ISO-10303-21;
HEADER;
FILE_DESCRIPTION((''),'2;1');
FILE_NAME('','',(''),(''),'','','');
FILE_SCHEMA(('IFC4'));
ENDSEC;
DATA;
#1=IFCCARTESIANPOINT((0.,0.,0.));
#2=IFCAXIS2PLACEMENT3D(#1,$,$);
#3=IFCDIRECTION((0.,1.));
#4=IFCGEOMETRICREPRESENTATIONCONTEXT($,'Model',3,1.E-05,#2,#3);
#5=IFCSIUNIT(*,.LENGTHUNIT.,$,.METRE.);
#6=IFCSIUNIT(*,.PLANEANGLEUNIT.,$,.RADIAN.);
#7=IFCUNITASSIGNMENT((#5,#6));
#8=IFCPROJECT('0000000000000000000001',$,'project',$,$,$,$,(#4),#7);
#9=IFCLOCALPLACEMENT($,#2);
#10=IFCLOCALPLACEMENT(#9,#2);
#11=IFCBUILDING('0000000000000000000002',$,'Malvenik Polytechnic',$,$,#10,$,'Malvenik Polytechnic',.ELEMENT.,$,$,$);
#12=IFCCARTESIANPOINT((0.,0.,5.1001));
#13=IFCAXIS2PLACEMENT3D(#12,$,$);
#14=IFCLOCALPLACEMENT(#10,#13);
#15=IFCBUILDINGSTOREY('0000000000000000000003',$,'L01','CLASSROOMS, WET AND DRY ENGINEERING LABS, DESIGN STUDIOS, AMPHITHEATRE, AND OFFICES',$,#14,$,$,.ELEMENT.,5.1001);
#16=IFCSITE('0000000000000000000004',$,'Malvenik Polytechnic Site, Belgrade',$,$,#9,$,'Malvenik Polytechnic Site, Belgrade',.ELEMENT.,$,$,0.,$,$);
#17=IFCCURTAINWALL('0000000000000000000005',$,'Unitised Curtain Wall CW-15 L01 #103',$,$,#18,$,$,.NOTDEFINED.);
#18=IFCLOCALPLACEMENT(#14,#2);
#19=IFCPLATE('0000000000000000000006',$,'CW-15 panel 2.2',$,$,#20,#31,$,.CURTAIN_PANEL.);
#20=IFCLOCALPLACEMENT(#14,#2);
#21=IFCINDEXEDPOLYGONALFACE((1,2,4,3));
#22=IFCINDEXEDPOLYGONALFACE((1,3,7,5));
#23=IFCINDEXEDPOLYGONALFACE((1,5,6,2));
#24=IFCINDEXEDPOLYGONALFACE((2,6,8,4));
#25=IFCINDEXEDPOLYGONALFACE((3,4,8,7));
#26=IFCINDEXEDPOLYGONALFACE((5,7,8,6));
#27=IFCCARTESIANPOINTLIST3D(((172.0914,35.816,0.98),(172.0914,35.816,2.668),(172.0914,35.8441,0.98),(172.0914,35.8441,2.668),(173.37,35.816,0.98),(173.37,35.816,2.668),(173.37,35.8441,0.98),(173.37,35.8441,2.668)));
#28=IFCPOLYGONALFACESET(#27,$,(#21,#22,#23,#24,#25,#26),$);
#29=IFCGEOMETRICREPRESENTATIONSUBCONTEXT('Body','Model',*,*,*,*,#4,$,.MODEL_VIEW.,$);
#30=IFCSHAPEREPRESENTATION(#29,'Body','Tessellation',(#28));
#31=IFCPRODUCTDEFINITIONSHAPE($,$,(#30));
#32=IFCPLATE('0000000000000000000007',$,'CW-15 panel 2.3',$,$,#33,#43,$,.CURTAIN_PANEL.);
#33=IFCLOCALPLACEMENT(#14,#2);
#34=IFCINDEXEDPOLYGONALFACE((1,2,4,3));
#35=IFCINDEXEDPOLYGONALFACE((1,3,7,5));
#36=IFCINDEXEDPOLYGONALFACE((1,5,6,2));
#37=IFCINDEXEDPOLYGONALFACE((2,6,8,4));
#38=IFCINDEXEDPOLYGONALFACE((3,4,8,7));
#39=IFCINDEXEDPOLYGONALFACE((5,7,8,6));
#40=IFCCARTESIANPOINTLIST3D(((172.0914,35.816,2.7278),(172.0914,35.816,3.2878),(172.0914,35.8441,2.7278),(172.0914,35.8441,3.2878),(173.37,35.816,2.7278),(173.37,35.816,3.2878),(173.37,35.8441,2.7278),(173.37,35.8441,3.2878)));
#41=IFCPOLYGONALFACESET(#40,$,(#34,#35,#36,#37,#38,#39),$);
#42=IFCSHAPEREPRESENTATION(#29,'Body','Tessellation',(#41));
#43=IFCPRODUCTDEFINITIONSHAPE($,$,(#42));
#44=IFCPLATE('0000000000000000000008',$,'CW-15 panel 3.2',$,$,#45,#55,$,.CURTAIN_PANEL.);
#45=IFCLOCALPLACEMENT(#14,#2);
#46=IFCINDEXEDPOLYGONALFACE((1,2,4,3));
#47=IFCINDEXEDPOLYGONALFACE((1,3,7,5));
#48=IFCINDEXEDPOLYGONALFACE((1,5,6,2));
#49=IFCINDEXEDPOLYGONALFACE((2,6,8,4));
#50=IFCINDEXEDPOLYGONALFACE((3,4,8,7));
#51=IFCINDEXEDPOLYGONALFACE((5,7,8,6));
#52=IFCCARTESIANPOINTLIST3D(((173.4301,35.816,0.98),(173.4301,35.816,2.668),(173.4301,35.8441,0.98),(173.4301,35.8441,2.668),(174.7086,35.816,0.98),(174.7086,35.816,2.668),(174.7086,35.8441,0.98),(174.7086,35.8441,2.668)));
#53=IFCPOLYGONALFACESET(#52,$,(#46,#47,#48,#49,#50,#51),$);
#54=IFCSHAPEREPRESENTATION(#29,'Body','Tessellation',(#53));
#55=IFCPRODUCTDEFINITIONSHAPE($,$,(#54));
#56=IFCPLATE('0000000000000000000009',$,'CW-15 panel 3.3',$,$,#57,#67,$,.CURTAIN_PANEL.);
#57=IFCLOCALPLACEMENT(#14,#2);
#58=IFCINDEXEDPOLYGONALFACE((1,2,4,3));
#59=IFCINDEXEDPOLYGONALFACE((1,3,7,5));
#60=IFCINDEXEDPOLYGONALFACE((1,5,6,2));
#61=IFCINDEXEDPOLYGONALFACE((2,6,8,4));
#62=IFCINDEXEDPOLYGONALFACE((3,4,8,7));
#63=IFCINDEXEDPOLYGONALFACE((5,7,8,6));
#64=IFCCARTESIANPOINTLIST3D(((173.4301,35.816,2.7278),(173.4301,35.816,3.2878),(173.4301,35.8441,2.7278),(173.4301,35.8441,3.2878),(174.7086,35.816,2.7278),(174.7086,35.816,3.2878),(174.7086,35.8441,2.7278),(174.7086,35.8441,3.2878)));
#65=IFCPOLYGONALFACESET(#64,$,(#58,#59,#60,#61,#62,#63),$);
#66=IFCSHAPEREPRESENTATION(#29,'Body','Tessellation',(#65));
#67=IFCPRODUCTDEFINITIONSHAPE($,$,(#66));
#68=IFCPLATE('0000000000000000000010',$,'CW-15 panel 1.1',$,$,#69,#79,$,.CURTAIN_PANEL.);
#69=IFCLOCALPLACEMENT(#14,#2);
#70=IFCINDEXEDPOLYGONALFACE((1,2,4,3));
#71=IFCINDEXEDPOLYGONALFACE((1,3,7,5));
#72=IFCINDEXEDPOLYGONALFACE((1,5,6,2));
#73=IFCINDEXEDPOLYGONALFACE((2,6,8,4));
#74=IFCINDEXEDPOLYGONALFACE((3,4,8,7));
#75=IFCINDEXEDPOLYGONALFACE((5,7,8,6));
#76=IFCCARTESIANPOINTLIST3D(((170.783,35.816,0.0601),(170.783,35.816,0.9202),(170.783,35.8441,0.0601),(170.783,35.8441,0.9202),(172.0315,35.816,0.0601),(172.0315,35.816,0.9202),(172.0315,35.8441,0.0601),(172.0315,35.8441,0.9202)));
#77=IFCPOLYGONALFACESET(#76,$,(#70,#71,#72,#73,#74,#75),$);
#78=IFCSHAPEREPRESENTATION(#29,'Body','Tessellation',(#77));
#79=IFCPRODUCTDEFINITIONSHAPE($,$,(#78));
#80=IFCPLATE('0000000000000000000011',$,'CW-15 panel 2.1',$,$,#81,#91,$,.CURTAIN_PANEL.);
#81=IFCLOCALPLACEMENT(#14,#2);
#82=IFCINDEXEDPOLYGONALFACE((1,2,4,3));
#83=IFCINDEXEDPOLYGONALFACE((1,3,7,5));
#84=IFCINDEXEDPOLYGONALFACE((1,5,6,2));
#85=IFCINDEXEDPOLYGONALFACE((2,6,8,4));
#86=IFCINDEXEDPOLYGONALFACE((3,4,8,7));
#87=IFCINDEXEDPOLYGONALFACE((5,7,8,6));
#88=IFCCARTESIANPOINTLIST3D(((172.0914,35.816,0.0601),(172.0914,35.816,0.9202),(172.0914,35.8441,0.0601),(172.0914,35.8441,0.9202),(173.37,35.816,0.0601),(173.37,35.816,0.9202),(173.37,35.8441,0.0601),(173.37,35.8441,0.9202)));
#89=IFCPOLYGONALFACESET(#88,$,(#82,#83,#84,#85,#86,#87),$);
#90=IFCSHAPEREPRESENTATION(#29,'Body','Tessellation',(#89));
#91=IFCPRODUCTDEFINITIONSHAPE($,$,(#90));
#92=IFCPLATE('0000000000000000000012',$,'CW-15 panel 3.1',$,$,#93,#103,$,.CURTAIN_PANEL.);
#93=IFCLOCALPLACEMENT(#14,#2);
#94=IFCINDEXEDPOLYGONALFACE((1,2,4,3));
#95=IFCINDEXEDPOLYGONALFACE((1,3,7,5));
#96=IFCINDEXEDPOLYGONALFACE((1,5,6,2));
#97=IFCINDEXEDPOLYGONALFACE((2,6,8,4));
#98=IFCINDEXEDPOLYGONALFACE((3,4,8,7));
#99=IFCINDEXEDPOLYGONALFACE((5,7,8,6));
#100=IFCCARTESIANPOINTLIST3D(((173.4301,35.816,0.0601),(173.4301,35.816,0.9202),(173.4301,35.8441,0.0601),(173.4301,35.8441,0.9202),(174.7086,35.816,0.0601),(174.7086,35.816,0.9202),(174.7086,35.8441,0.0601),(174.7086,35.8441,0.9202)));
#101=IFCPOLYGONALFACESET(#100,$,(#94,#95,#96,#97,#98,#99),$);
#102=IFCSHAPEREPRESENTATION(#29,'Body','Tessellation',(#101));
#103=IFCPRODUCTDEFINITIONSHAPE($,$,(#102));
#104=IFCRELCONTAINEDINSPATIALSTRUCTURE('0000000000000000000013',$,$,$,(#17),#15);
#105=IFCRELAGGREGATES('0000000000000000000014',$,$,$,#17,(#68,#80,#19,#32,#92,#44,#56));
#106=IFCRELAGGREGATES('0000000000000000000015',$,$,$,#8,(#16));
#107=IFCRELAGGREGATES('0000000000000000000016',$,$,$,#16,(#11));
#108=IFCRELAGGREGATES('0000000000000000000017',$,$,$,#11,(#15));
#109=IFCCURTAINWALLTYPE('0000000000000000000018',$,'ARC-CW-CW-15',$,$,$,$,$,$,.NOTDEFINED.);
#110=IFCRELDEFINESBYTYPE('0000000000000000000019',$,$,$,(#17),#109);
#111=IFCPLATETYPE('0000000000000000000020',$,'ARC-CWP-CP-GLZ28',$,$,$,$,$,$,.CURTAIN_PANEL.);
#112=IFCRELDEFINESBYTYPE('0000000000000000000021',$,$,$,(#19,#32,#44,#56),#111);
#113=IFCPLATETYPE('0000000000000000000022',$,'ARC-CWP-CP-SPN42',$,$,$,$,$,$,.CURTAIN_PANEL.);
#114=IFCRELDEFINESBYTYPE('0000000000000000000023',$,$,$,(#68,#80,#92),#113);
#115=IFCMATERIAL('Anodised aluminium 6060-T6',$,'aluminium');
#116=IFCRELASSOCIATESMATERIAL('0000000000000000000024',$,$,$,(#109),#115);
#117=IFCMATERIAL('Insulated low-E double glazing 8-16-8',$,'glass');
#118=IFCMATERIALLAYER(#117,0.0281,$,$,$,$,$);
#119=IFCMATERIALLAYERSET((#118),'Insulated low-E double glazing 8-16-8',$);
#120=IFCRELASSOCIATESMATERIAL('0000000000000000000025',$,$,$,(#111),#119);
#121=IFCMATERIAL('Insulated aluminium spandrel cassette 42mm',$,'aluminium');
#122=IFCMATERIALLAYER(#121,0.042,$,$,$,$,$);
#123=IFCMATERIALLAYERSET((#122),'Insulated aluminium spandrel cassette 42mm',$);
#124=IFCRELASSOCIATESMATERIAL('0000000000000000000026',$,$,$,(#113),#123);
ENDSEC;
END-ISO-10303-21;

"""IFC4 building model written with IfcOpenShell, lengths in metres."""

from ifc_helpers import new_model, si_unit, direction, frame, origin, origin_2d, place, context, subcontext, project, spatial, rectangle, extrude, material, layer, layer_set, type_object, element, aggregate, save


model = new_model("IFC4")

# Units and contexts
model_context = context("Model", 3, precision=1e-05, world=origin(), true_north=direction((0.0, 1.0)))
body_context = subcontext(model_context, "Body", "Model", "MODEL_VIEW")
ifc_project = project(units=[si_unit("LENGTHUNIT", "METRE"), si_unit("PLANEANGLEUNIT", "RADIAN")], contexts=[model_context])

# Site, building, storey
site_placement = place(None, origin())
site = spatial("IfcSite", under=ifc_project, at=site_placement, Name="Malvenik Polytechnic Site, Belgrade", LongName="Malvenik Polytechnic Site, Belgrade", CompositionType="ELEMENT", RefElevation=0.0)
building_placement = place(site_placement, origin())
building = spatial("IfcBuilding", under=site, at=building_placement, Name="Malvenik Polytechnic", LongName="Malvenik Polytechnic", CompositionType="ELEMENT")
storey_placement = place(building_placement, frame((0.0, 0.0, 5.1001)))
storey = spatial("IfcBuildingStorey", under=building, at=storey_placement, Name="L01", Description="CLASSROOMS, WET AND DRY ENGINEERING LABS, DESIGN STUDIOS, AMPHITHEATRE, AND OFFICES", CompositionType="ELEMENT", Elevation=5.1001)

# Curtain wall, plates
ifc_material_1 = material(Name="Anodised aluminium 6060-T6", Category="aluminium")
curtain_wall_type = type_object("IfcCurtainWallType", Name="ARC-CW-CW-15", PredefinedType="NOTDEFINED", material=ifc_material_1)
curtain_wall_placement = place(storey_placement, origin())
curtain_wall = element("IfcCurtainWall", 1, at=curtain_wall_placement, inside=storey, type_object=curtain_wall_type, Name="Unitised Curtain Wall CW-15 L01 #103", PredefinedType="NOTDEFINED")
ifc_material_2 = material(Name="Insulated low-E double glazing 8-16-8", Category="glass")
ifc_layer_1 = layer(ifc_material_2, 0.0281)
ifc_layer_set_1 = layer_set([ifc_layer_1], Name="Insulated low-E double glazing 8-16-8")
plate_type_1 = type_object("IfcPlateType", Name="ARC-CWP-CP-GLZ28", PredefinedType="CURTAIN_PANEL", material=ifc_layer_set_1)
plate_1_placement = place(storey_placement, frame((172.7307, 35.8301, 0.98), z_axis=(0.0, 0.0, 1.0), x_axis=(1.0, 0.0, 0.0)))
plate_1 = element("IfcPlate", 2, at=plate_1_placement, type_object=plate_type_1, Name="CW-15 panel 2.2", PredefinedType="CURTAIN_PANEL", context=body_context, shape_type="SweptSolid", body=[
    extrude(rectangle(XDim=1.2786, YDim=0.0281, at=origin_2d()), origin(), (0.0, 0.0, 1.0), 1.688),
])
plate_2_placement = place(storey_placement, frame((172.7307, 35.8301, 2.7278), z_axis=(0.0, 0.0, 1.0), x_axis=(1.0, 0.0, 0.0)))
plate_2 = element("IfcPlate", 3, at=plate_2_placement, type_object=plate_type_1, Name="CW-15 panel 2.3", PredefinedType="CURTAIN_PANEL", context=body_context, shape_type="SweptSolid", body=[
    extrude(rectangle(XDim=1.2786, YDim=0.0281, at=origin_2d()), origin(), (0.0, 0.0, 1.0), 0.5601),
])
plate_3_placement = place(storey_placement, frame((174.0693, 35.8301, 0.98), z_axis=(0.0, 0.0, 1.0), x_axis=(1.0, 0.0, 0.0)))
plate_3 = element("IfcPlate", 4, at=plate_3_placement, type_object=plate_type_1, Name="CW-15 panel 3.2", PredefinedType="CURTAIN_PANEL", context=body_context, shape_type="SweptSolid", body=[
    extrude(rectangle(XDim=1.2786, YDim=0.0281, at=origin_2d()), origin(), (0.0, 0.0, 1.0), 1.688),
])
plate_4_placement = place(storey_placement, frame((174.0693, 35.8301, 2.7278), z_axis=(0.0, 0.0, 1.0), x_axis=(1.0, 0.0, 0.0)))
plate_4 = element("IfcPlate", 5, at=plate_4_placement, type_object=plate_type_1, Name="CW-15 panel 3.3", PredefinedType="CURTAIN_PANEL", context=body_context, shape_type="SweptSolid", body=[
    extrude(rectangle(XDim=1.2786, YDim=0.0281, at=origin_2d()), origin(), (0.0, 0.0, 1.0), 0.5601),
])
ifc_material_3 = material(Name="Insulated aluminium spandrel cassette 42mm", Category="aluminium")
ifc_layer_2 = layer(ifc_material_3, 0.042)
ifc_layer_set_2 = layer_set([ifc_layer_2], Name="Insulated aluminium spandrel cassette 42mm")
plate_type_2 = type_object("IfcPlateType", Name="ARC-CWP-CP-SPN42", PredefinedType="CURTAIN_PANEL", material=ifc_layer_set_2)
plate_5_placement = place(storey_placement, frame((171.4072, 35.8301, 0.0601), z_axis=(0.0, 0.0, 1.0), x_axis=(1.0, 0.0, 0.0)))
plate_5 = element("IfcPlate", 6, at=plate_5_placement, type_object=plate_type_2, Name="CW-15 panel 1.1", PredefinedType="CURTAIN_PANEL", context=body_context, shape_type="SweptSolid", body=[
    extrude(rectangle(XDim=1.2485, YDim=0.0281, at=origin_2d()), origin(), (0.0, 0.0, 1.0), 0.8601),
])
plate_6_placement = place(storey_placement, frame((172.7307, 35.8301, 0.0601), z_axis=(0.0, 0.0, 1.0), x_axis=(1.0, 0.0, 0.0)))
plate_6 = element("IfcPlate", 7, at=plate_6_placement, type_object=plate_type_2, Name="CW-15 panel 2.1", PredefinedType="CURTAIN_PANEL", context=body_context, shape_type="SweptSolid", body=[
    extrude(rectangle(XDim=1.2786, YDim=0.0281, at=origin_2d()), origin(), (0.0, 0.0, 1.0), 0.8601),
])
plate_7_placement = place(storey_placement, frame((174.0693, 35.8301, 0.0601), z_axis=(0.0, 0.0, 1.0), x_axis=(1.0, 0.0, 0.0)))
plate_7 = element("IfcPlate", 8, at=plate_7_placement, type_object=plate_type_2, Name="CW-15 panel 3.1", PredefinedType="CURTAIN_PANEL", context=body_context, shape_type="SweptSolid", body=[
    extrude(rectangle(XDim=1.2786, YDim=0.0281, at=origin_2d()), origin(), (0.0, 0.0, 1.0), 0.8601),
])
aggregate(curtain_wall, [plate_5, plate_6, plate_1, plate_2, plate_7, plate_3, plate_4])

save(model, "model.ifc")
